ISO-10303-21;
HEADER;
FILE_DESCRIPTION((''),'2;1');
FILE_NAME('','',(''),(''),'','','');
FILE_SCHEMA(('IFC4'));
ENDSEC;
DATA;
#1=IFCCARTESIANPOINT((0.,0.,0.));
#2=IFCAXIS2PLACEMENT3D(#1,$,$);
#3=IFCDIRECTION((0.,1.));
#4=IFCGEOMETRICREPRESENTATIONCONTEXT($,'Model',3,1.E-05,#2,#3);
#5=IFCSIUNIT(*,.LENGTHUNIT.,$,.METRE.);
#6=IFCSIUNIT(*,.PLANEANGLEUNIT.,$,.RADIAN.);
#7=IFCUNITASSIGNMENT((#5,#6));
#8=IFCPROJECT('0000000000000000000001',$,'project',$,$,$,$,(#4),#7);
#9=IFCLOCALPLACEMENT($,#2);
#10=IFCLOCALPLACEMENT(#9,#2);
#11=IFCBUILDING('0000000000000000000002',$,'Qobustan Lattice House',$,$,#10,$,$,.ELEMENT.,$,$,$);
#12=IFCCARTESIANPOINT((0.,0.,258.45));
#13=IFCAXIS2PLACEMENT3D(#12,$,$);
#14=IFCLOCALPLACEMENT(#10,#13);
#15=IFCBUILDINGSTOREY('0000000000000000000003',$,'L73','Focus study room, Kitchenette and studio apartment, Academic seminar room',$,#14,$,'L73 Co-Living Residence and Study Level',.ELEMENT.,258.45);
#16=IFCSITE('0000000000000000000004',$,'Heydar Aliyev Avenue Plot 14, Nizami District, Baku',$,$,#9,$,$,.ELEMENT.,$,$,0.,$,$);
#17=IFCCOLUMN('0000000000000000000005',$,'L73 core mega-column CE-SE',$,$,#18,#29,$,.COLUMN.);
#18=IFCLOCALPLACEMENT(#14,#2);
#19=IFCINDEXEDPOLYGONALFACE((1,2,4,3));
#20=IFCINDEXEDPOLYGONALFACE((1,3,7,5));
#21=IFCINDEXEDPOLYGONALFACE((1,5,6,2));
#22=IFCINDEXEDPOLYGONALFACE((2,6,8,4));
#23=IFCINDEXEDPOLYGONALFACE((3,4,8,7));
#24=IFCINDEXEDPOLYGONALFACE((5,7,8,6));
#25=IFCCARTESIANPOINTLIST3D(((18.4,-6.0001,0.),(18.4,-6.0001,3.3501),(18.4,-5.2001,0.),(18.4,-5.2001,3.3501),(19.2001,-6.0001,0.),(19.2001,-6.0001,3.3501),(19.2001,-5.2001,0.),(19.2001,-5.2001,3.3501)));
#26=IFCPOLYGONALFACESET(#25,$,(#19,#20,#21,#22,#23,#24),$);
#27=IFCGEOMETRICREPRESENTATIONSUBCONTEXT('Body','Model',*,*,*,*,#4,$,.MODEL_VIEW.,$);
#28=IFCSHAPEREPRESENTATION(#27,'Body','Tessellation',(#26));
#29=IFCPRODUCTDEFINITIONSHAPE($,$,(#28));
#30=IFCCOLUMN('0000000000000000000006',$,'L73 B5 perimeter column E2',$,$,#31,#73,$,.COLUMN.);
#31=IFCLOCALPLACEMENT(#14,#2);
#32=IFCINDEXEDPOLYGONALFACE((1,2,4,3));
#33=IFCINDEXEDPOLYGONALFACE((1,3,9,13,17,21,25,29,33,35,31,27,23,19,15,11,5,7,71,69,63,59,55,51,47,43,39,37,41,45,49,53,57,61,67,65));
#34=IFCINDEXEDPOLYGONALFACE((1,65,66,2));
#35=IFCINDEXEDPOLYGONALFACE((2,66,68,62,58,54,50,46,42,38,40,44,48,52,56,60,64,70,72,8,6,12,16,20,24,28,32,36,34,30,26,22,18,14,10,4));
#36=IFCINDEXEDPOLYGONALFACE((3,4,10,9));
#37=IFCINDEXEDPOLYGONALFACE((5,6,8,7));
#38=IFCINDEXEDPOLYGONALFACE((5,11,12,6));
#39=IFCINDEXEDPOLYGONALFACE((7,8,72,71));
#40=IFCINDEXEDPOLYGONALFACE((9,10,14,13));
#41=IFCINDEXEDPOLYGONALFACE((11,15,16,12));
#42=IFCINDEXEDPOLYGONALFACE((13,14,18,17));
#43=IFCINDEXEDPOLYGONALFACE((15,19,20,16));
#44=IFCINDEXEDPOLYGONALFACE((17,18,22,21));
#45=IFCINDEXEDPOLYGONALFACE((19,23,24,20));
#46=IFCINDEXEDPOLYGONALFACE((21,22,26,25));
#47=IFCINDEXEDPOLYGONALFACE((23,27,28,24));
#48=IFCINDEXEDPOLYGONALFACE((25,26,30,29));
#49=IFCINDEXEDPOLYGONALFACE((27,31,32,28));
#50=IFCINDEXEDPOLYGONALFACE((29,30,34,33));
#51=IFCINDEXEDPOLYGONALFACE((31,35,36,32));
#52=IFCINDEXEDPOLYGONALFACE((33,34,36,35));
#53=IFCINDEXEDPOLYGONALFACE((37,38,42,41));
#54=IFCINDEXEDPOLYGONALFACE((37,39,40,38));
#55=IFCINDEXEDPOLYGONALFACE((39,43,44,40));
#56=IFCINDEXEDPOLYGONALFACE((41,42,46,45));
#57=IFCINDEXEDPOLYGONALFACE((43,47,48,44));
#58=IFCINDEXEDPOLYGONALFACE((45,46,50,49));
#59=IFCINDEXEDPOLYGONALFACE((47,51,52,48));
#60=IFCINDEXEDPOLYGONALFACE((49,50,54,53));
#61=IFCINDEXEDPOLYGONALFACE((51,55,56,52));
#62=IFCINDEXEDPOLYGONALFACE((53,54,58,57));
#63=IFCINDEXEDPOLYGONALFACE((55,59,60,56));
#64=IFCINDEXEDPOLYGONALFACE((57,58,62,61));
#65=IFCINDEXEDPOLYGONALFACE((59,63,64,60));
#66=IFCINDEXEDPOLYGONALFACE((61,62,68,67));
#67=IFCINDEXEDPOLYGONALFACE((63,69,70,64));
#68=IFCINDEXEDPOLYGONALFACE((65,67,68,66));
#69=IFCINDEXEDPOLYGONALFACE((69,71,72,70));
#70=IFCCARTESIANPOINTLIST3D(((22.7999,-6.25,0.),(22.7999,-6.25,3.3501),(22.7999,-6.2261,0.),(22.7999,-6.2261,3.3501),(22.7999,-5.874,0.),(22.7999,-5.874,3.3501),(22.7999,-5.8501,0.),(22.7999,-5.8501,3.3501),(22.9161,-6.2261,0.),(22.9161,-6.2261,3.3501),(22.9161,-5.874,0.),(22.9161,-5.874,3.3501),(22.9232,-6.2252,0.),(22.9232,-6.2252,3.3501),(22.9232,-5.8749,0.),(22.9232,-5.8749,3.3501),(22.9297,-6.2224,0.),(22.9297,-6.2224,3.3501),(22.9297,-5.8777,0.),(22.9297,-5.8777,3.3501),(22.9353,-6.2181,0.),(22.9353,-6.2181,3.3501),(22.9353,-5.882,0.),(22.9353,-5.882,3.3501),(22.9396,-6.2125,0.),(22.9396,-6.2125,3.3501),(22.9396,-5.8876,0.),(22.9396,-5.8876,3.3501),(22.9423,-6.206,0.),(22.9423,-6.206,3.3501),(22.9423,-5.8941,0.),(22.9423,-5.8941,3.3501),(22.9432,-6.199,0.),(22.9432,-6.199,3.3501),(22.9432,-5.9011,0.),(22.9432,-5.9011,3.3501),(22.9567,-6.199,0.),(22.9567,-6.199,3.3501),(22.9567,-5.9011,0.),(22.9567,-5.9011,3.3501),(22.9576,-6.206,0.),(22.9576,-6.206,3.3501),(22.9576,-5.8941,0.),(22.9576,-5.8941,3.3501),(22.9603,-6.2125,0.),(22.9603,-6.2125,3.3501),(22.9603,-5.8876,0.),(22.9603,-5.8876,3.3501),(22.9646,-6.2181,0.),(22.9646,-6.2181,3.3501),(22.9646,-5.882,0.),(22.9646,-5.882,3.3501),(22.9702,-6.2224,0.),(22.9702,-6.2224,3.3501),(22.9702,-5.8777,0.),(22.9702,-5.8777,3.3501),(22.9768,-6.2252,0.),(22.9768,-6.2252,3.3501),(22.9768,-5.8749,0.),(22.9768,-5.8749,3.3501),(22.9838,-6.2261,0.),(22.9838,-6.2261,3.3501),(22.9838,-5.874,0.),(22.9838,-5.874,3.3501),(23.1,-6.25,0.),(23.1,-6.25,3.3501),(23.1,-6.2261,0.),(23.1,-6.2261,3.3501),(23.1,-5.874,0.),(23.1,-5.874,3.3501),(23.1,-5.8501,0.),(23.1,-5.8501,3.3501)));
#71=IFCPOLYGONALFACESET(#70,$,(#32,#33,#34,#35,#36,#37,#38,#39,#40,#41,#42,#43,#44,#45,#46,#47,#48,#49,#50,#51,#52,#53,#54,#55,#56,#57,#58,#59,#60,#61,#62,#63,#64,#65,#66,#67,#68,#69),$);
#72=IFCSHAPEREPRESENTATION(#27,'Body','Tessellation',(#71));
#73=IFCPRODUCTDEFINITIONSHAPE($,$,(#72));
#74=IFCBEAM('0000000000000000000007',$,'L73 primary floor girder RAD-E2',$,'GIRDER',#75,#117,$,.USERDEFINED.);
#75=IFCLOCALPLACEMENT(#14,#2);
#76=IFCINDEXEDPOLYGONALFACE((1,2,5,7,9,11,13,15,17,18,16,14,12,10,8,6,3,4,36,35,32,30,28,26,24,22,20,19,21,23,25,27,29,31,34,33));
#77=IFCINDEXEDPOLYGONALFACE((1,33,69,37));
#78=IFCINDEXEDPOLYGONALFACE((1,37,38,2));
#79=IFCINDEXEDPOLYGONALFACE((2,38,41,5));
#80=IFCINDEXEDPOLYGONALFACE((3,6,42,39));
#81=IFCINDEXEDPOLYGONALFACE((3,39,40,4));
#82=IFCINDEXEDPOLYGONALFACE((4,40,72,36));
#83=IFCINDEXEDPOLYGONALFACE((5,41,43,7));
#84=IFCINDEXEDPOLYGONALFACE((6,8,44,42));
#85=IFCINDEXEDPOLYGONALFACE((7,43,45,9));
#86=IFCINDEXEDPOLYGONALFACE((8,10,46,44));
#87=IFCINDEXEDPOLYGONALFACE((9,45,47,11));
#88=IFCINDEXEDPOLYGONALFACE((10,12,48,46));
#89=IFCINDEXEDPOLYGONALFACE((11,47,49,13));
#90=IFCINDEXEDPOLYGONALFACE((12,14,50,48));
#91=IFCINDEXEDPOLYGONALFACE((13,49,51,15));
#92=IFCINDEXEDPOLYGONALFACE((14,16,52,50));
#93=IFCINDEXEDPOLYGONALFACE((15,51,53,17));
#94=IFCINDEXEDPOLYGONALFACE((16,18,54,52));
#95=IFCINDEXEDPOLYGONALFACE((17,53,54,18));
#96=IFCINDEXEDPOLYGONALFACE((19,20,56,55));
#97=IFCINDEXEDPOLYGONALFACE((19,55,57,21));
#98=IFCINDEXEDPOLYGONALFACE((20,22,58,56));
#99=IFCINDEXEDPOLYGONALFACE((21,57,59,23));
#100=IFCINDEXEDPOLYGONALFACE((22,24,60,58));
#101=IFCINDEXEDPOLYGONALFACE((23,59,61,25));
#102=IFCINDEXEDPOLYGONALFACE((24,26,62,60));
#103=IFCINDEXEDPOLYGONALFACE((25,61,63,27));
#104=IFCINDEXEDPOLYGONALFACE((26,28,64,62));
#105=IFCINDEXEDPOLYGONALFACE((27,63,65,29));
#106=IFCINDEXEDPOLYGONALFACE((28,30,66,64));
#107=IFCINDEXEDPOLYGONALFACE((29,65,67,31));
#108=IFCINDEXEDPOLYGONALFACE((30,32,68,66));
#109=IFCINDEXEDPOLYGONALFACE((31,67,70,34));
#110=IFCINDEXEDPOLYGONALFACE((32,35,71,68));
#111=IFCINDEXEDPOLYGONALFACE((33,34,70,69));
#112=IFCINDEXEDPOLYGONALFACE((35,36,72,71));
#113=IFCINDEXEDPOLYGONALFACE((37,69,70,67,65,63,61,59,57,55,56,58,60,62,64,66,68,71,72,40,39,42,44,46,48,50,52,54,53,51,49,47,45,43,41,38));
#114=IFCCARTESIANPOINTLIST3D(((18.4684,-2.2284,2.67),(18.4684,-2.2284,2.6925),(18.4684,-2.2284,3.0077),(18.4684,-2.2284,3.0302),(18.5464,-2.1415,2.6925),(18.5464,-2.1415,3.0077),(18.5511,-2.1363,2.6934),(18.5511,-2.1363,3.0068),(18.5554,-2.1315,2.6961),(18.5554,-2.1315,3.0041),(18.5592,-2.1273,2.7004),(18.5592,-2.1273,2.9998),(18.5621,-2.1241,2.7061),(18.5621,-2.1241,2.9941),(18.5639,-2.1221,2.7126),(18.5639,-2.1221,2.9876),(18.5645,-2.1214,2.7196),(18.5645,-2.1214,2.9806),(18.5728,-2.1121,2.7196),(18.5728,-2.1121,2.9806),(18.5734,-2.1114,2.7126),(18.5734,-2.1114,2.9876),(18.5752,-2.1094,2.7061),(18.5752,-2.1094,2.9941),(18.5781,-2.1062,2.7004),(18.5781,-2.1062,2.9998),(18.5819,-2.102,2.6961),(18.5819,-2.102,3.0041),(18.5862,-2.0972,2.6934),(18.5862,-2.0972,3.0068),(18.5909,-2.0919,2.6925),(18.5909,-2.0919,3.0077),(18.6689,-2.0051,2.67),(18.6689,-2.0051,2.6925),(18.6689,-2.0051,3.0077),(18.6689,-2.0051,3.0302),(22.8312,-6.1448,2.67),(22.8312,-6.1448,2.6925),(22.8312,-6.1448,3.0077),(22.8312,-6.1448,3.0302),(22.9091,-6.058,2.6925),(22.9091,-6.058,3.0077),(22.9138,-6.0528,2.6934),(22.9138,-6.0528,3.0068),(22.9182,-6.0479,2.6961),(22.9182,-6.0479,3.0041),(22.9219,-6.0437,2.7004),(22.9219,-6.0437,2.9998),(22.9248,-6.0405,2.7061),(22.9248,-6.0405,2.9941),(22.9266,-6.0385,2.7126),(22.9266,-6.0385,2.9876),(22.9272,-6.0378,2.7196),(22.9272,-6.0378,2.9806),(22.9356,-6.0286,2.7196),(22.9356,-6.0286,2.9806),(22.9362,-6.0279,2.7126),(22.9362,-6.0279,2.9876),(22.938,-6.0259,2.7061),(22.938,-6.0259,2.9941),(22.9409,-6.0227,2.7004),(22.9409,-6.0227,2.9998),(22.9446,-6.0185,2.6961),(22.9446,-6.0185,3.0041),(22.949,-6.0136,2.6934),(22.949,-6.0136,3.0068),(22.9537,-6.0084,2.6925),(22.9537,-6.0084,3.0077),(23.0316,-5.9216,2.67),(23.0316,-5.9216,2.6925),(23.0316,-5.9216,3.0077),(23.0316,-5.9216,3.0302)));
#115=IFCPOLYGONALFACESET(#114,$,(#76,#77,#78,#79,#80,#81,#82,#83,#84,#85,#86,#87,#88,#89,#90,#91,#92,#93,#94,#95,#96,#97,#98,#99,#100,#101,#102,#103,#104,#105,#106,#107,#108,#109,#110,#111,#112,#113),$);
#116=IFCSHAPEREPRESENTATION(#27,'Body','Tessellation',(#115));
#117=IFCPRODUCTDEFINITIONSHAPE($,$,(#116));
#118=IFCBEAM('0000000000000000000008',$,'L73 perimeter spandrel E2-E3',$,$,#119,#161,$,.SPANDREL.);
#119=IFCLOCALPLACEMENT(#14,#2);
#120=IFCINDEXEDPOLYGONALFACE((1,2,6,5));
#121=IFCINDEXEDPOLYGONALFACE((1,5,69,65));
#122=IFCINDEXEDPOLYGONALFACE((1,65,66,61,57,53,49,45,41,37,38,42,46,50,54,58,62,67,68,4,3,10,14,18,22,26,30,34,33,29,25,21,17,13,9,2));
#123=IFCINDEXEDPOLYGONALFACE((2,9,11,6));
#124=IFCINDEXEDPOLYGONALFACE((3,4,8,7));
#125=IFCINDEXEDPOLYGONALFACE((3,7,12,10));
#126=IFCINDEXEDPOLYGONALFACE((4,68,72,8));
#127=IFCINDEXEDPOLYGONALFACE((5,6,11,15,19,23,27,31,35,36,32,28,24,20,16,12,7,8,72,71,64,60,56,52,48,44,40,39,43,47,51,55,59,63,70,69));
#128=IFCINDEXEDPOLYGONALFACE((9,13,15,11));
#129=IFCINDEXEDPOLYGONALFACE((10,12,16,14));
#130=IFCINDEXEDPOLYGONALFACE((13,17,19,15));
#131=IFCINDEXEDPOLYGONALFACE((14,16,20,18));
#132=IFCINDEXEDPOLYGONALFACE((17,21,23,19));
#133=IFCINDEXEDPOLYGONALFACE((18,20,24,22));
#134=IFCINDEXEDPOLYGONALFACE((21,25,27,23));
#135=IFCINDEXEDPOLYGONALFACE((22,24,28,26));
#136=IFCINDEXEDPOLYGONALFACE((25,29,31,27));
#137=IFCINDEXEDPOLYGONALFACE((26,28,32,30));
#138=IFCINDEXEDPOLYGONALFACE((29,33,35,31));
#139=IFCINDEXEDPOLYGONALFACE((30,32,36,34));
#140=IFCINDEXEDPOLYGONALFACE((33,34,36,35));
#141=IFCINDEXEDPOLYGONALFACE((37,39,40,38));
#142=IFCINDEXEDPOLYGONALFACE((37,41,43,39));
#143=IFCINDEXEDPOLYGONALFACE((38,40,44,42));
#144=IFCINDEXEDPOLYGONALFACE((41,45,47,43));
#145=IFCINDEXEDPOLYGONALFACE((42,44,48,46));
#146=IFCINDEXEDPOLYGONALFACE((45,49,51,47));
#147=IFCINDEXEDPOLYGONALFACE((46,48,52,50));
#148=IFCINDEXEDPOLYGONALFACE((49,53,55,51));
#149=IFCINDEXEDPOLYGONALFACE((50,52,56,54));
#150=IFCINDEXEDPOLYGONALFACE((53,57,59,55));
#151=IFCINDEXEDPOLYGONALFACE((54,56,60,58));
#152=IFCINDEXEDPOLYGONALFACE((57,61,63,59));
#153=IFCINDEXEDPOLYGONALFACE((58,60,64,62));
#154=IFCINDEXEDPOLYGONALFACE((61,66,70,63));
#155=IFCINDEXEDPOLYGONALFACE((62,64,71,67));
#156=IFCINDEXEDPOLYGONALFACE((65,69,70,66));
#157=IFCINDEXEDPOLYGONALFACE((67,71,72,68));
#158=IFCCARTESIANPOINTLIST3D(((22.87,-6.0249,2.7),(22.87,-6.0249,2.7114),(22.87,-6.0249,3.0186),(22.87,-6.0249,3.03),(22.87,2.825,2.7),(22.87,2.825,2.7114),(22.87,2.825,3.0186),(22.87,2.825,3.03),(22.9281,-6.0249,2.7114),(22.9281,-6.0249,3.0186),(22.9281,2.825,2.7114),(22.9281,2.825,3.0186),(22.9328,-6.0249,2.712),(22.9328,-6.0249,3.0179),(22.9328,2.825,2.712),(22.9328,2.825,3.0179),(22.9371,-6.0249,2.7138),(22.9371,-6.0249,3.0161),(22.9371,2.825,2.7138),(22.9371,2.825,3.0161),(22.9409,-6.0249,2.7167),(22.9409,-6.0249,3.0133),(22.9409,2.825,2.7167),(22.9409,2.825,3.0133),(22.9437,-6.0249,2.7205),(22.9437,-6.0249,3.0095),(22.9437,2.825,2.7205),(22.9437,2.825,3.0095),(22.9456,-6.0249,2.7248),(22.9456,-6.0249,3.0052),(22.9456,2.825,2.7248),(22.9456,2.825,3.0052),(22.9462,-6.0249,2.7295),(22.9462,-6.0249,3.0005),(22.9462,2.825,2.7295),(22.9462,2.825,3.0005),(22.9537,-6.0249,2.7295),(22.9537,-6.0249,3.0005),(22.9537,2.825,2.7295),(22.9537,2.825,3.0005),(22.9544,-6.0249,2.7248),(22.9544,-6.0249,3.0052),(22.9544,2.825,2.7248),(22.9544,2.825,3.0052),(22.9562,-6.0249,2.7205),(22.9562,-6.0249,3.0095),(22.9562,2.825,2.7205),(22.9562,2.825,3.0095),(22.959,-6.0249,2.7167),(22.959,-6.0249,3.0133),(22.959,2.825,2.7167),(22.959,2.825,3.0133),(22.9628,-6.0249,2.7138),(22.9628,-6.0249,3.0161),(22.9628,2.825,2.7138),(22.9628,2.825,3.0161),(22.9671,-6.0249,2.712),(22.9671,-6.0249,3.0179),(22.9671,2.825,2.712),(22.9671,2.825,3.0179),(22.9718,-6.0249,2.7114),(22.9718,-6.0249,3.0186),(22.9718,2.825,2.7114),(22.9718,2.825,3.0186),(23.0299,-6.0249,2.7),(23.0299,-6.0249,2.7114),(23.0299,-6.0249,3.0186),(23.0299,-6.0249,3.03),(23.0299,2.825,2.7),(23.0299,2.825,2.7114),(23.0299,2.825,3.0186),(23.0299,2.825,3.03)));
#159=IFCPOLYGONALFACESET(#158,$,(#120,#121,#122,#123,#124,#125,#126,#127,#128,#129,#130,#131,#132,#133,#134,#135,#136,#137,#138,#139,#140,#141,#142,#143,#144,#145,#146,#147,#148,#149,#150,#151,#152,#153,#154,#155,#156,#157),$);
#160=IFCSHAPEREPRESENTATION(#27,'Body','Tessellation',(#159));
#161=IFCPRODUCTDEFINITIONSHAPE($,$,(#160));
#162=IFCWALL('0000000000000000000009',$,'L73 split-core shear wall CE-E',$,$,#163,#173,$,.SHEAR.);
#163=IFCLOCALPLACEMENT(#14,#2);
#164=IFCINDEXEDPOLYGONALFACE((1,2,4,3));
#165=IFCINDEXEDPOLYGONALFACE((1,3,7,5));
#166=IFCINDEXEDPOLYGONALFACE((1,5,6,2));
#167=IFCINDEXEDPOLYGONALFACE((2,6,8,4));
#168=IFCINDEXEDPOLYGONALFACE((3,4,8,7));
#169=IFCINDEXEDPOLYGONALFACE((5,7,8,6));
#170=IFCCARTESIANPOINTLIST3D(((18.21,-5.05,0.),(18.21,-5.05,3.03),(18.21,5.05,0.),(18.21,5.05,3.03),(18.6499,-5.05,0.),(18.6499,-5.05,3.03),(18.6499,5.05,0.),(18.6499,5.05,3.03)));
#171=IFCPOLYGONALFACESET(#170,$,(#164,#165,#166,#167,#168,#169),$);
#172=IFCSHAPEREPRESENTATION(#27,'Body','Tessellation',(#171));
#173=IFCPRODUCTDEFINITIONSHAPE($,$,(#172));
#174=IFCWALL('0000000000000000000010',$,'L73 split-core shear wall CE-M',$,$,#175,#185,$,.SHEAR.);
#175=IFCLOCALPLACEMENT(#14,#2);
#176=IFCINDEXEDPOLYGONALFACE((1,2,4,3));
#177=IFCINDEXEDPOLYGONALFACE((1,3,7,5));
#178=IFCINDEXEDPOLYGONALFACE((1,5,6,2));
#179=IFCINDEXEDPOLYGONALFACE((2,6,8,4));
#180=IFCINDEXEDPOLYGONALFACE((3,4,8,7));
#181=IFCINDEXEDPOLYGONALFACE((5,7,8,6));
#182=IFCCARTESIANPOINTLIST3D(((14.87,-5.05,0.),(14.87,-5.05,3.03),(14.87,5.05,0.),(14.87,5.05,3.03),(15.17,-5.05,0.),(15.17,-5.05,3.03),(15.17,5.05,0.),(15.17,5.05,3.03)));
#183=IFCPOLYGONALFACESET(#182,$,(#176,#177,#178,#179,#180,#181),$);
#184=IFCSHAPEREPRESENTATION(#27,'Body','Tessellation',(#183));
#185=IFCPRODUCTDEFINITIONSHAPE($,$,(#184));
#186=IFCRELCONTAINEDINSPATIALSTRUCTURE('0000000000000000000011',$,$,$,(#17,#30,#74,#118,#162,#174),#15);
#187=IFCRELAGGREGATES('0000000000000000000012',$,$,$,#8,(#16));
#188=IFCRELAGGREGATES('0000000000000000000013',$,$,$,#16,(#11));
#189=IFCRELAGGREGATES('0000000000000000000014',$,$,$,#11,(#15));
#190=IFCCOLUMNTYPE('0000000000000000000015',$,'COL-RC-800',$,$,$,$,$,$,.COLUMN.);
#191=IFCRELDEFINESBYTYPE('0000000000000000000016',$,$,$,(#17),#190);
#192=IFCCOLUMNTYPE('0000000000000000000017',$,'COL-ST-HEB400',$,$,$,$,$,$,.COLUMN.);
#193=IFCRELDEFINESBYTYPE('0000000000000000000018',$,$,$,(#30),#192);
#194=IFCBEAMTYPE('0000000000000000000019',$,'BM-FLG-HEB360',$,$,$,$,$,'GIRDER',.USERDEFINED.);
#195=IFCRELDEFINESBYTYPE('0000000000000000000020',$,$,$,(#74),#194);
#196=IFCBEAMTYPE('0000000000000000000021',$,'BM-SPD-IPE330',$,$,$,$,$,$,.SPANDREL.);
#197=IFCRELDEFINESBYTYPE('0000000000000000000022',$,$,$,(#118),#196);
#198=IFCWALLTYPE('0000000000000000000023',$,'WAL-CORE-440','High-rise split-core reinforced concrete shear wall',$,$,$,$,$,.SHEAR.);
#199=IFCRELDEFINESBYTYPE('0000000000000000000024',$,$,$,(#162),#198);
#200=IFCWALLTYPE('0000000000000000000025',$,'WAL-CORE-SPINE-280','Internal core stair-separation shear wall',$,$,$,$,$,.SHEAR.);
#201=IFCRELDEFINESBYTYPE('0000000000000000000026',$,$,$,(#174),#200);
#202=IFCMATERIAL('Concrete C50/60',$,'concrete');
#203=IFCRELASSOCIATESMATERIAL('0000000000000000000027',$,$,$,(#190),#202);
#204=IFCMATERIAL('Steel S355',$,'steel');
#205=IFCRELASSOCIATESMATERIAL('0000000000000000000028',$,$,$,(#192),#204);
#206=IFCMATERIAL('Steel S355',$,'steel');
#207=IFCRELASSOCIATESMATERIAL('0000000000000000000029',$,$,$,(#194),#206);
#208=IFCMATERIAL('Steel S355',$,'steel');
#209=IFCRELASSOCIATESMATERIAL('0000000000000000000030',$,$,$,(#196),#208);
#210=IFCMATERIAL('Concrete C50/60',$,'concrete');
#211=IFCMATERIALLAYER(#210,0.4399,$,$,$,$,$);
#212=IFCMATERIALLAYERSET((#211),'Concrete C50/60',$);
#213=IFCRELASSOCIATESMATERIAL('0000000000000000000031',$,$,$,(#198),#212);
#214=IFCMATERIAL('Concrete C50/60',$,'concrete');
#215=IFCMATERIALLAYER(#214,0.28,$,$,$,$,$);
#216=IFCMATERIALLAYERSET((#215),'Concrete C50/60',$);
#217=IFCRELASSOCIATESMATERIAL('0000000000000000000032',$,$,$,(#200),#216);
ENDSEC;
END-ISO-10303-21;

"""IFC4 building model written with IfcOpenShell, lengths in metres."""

from ifc_helpers import new_model, si_unit, direction, frame, frame_2d, origin, origin_2d, place, context, subcontext, project, spatial, rectangle, i_section, extrude, material, layer, layer_set, material_profile, profile_set, type_object, element, save


model = new_model("IFC4")

# Units and contexts
model_context = context("Model", 3, precision=1e-05, world=origin(), true_north=direction((0.0, 1.0)))
body_context = subcontext(model_context, "Body", "Model", "MODEL_VIEW")
ifc_project = project(units=[si_unit("LENGTHUNIT", "METRE"), si_unit("PLANEANGLEUNIT", "RADIAN")], contexts=[model_context])

# Site, building, storey
site_placement = place(None, origin())
site = spatial("IfcSite", under=ifc_project, at=site_placement, Name="Heydar Aliyev Avenue Plot 14, Nizami District, Baku", CompositionType="ELEMENT", RefElevation=0.0)
building_placement = place(site_placement, origin())
building = spatial("IfcBuilding", under=site, at=building_placement, Name="Qobustan Lattice House", CompositionType="ELEMENT")
storey_placement = place(building_placement, frame((0.0, 0.0, 258.45)))
storey = spatial("IfcBuildingStorey", under=building, at=storey_placement, Name="L73", Description="Focus study room, Kitchenette and studio apartment, Academic seminar room", LongName="L73 Co-Living Residence and Study Level", CompositionType="ELEMENT", Elevation=258.45)

# Columns
ifc_material_1 = material(Name="Concrete C50/60", Category="concrete")
ifc_material_profile_1 = material_profile(ifc_material_1, rectangle(XDim=0.8, YDim=0.8, at=origin_2d()), Name="RC800x800")
ifc_profile_set_1 = profile_set([ifc_material_profile_1], Name="Concrete C50/60")
column_type_1 = type_object("IfcColumnType", Name="COL-RC-800", PredefinedType="COLUMN", material=ifc_profile_set_1)
column_1_placement = place(storey_placement, frame((18.8, -5.6001, 0.0), z_axis=(0.0, 0.0, 1.0), x_axis=(1.0, 0.0, 0.0)))
element("IfcColumn", 1, at=column_1_placement, inside=storey, type_object=column_type_1, Name="L73 core mega-column CE-SE", PredefinedType="COLUMN", context=body_context, shape_type="SweptSolid", body=[
    extrude(rectangle(XDim=0.8, YDim=0.8, at=origin_2d()), origin(), (0.0, 0.0, 1.0), 3.3501),
])
ifc_material_2 = material(Name="Steel S355", Category="steel")
ifc_material_profile_2 = material_profile(ifc_material_2, i_section(OverallWidth=0.3, OverallDepth=0.3999, WebThickness=0.0134, FlangeThickness=0.0239, FilletRadius=0.0271, at=origin_2d()), Name="HEB400")
ifc_profile_set_2 = profile_set([ifc_material_profile_2], Name="Steel S355")
column_type_2 = type_object("IfcColumnType", Name="COL-ST-HEB400", PredefinedType="COLUMN", material=ifc_profile_set_2)
column_2_placement = place(storey_placement, frame((22.95, -6.05, 0.0), z_axis=(0.0, 0.0, 1.0), x_axis=(1.0, 0.0, 0.0)))
element("IfcColumn", 2, at=column_2_placement, inside=storey, type_object=column_type_2, Name="L73 B5 perimeter column E2", PredefinedType="COLUMN", context=body_context, shape_type="SweptSolid", body=[
    extrude(i_section(OverallWidth=0.3, OverallDepth=0.3999, WebThickness=0.0134, FlangeThickness=0.0239, FilletRadius=0.0271, at=origin_2d()), origin(), (0.0, 0.0, 1.0), 3.3501),
])

# Beams
ifc_material_3 = material(Name="Steel S355", Category="steel")
ifc_material_profile_3 = material_profile(ifc_material_3, i_section(OverallWidth=0.3, OverallDepth=0.3601, WebThickness=0.0125, FlangeThickness=0.0225, FilletRadius=0.0271, at=origin_2d()), Name="HEB360")
ifc_profile_set_3 = profile_set([ifc_material_profile_3], Name="Steel S355")
beam_type_1 = type_object("IfcBeamType", Name="BM-FLG-HEB360", ElementType="GIRDER", PredefinedType="USERDEFINED", material=ifc_profile_set_3)
beam_1_placement = place(storey_placement, frame((22.9314, -6.0332, 2.8501), z_axis=(-0.744142, 0.668021, 0.0), x_axis=(-0.668021, -0.744142, 0.0)))
element("IfcBeam", 3, at=beam_1_placement, inside=storey, type_object=beam_type_1, Name="L73 primary floor girder RAD-E2", ObjectType="GIRDER", PredefinedType="USERDEFINED", context=body_context, shape_type="SweptSolid", body=[
    extrude(i_section(OverallWidth=0.3, OverallDepth=0.3601, WebThickness=0.0125, FlangeThickness=0.0225, FilletRadius=0.0271, at=origin_2d()), origin(), (0.0, 0.0, 1.0), 5.8628),
])
ifc_material_4 = material(Name="Steel S355", Category="steel")
ifc_material_profile_4 = material_profile(ifc_material_4, i_section(OverallWidth=0.1599, OverallDepth=0.3301, WebThickness=0.0076, FlangeThickness=0.0115, FilletRadius=0.0181, at=origin_2d()), Name="IPE330")
ifc_profile_set_4 = profile_set([ifc_material_profile_4], Name="Steel S355")
beam_type_2 = type_object("IfcBeamType", Name="BM-SPD-IPE330", PredefinedType="SPANDREL", material=ifc_profile_set_4)
beam_2_placement = place(storey_placement, frame((22.95, -6.0249, 2.865), z_axis=(0.0, 1.0, 0.0), x_axis=(-1.0, 0.0, 0.0)))
element("IfcBeam", 4, at=beam_2_placement, inside=storey, type_object=beam_type_2, Name="L73 perimeter spandrel E2-E3", PredefinedType="SPANDREL", context=body_context, shape_type="SweptSolid", body=[
    extrude(i_section(OverallWidth=0.1599, OverallDepth=0.3301, WebThickness=0.0076, FlangeThickness=0.0115, FilletRadius=0.0181, at=origin_2d()), origin(), (0.0, 0.0, 1.0), 8.8499),
])

# Walls
ifc_material_5 = material(Name="Concrete C50/60", Category="concrete")
ifc_layer_1 = layer(ifc_material_5, 0.4399)
ifc_layer_set_1 = layer_set([ifc_layer_1], Name="Concrete C50/60")
wall_type_1 = type_object("IfcWallType", Name="WAL-CORE-440", Description="High-rise split-core reinforced concrete shear wall", PredefinedType="SHEAR", material=ifc_layer_set_1)
wall_1_placement = place(storey_placement, frame((18.4299, -5.05, 0.0), z_axis=(0.0, 0.0, 1.0), x_axis=(0.0, 1.0, 0.0)))
element("IfcWall", 5, at=wall_1_placement, inside=storey, type_object=wall_type_1, Name="L73 split-core shear wall CE-E", PredefinedType="SHEAR", context=body_context, shape_type="SweptSolid", body=[
    extrude(rectangle(XDim=10.1001, YDim=0.4399, at=frame_2d((5.05, 0.0))), origin(), (0.0, 0.0, 1.0), 3.03),
])
ifc_material_6 = material(Name="Concrete C50/60", Category="concrete")
ifc_layer_2 = layer(ifc_material_6, 0.28)
ifc_layer_set_2 = layer_set([ifc_layer_2], Name="Concrete C50/60")
wall_type_2 = type_object("IfcWallType", Name="WAL-CORE-SPINE-280", Description="Internal core stair-separation shear wall", PredefinedType="SHEAR", material=ifc_layer_set_2)
wall_2_placement = place(storey_placement, frame((15.02, -5.05, 0.0), z_axis=(0.0, 0.0, 1.0), x_axis=(0.0, 1.0, 0.0)))
element("IfcWall", 6, at=wall_2_placement, inside=storey, type_object=wall_type_2, Name="L73 split-core shear wall CE-M", PredefinedType="SHEAR", context=body_context, shape_type="SweptSolid", body=[
    extrude(rectangle(XDim=10.1001, YDim=0.3, at=frame_2d((5.05, 0.0))), origin(), (0.0, 0.0, 1.0), 3.03),
])

save(model, "model.ifc")
